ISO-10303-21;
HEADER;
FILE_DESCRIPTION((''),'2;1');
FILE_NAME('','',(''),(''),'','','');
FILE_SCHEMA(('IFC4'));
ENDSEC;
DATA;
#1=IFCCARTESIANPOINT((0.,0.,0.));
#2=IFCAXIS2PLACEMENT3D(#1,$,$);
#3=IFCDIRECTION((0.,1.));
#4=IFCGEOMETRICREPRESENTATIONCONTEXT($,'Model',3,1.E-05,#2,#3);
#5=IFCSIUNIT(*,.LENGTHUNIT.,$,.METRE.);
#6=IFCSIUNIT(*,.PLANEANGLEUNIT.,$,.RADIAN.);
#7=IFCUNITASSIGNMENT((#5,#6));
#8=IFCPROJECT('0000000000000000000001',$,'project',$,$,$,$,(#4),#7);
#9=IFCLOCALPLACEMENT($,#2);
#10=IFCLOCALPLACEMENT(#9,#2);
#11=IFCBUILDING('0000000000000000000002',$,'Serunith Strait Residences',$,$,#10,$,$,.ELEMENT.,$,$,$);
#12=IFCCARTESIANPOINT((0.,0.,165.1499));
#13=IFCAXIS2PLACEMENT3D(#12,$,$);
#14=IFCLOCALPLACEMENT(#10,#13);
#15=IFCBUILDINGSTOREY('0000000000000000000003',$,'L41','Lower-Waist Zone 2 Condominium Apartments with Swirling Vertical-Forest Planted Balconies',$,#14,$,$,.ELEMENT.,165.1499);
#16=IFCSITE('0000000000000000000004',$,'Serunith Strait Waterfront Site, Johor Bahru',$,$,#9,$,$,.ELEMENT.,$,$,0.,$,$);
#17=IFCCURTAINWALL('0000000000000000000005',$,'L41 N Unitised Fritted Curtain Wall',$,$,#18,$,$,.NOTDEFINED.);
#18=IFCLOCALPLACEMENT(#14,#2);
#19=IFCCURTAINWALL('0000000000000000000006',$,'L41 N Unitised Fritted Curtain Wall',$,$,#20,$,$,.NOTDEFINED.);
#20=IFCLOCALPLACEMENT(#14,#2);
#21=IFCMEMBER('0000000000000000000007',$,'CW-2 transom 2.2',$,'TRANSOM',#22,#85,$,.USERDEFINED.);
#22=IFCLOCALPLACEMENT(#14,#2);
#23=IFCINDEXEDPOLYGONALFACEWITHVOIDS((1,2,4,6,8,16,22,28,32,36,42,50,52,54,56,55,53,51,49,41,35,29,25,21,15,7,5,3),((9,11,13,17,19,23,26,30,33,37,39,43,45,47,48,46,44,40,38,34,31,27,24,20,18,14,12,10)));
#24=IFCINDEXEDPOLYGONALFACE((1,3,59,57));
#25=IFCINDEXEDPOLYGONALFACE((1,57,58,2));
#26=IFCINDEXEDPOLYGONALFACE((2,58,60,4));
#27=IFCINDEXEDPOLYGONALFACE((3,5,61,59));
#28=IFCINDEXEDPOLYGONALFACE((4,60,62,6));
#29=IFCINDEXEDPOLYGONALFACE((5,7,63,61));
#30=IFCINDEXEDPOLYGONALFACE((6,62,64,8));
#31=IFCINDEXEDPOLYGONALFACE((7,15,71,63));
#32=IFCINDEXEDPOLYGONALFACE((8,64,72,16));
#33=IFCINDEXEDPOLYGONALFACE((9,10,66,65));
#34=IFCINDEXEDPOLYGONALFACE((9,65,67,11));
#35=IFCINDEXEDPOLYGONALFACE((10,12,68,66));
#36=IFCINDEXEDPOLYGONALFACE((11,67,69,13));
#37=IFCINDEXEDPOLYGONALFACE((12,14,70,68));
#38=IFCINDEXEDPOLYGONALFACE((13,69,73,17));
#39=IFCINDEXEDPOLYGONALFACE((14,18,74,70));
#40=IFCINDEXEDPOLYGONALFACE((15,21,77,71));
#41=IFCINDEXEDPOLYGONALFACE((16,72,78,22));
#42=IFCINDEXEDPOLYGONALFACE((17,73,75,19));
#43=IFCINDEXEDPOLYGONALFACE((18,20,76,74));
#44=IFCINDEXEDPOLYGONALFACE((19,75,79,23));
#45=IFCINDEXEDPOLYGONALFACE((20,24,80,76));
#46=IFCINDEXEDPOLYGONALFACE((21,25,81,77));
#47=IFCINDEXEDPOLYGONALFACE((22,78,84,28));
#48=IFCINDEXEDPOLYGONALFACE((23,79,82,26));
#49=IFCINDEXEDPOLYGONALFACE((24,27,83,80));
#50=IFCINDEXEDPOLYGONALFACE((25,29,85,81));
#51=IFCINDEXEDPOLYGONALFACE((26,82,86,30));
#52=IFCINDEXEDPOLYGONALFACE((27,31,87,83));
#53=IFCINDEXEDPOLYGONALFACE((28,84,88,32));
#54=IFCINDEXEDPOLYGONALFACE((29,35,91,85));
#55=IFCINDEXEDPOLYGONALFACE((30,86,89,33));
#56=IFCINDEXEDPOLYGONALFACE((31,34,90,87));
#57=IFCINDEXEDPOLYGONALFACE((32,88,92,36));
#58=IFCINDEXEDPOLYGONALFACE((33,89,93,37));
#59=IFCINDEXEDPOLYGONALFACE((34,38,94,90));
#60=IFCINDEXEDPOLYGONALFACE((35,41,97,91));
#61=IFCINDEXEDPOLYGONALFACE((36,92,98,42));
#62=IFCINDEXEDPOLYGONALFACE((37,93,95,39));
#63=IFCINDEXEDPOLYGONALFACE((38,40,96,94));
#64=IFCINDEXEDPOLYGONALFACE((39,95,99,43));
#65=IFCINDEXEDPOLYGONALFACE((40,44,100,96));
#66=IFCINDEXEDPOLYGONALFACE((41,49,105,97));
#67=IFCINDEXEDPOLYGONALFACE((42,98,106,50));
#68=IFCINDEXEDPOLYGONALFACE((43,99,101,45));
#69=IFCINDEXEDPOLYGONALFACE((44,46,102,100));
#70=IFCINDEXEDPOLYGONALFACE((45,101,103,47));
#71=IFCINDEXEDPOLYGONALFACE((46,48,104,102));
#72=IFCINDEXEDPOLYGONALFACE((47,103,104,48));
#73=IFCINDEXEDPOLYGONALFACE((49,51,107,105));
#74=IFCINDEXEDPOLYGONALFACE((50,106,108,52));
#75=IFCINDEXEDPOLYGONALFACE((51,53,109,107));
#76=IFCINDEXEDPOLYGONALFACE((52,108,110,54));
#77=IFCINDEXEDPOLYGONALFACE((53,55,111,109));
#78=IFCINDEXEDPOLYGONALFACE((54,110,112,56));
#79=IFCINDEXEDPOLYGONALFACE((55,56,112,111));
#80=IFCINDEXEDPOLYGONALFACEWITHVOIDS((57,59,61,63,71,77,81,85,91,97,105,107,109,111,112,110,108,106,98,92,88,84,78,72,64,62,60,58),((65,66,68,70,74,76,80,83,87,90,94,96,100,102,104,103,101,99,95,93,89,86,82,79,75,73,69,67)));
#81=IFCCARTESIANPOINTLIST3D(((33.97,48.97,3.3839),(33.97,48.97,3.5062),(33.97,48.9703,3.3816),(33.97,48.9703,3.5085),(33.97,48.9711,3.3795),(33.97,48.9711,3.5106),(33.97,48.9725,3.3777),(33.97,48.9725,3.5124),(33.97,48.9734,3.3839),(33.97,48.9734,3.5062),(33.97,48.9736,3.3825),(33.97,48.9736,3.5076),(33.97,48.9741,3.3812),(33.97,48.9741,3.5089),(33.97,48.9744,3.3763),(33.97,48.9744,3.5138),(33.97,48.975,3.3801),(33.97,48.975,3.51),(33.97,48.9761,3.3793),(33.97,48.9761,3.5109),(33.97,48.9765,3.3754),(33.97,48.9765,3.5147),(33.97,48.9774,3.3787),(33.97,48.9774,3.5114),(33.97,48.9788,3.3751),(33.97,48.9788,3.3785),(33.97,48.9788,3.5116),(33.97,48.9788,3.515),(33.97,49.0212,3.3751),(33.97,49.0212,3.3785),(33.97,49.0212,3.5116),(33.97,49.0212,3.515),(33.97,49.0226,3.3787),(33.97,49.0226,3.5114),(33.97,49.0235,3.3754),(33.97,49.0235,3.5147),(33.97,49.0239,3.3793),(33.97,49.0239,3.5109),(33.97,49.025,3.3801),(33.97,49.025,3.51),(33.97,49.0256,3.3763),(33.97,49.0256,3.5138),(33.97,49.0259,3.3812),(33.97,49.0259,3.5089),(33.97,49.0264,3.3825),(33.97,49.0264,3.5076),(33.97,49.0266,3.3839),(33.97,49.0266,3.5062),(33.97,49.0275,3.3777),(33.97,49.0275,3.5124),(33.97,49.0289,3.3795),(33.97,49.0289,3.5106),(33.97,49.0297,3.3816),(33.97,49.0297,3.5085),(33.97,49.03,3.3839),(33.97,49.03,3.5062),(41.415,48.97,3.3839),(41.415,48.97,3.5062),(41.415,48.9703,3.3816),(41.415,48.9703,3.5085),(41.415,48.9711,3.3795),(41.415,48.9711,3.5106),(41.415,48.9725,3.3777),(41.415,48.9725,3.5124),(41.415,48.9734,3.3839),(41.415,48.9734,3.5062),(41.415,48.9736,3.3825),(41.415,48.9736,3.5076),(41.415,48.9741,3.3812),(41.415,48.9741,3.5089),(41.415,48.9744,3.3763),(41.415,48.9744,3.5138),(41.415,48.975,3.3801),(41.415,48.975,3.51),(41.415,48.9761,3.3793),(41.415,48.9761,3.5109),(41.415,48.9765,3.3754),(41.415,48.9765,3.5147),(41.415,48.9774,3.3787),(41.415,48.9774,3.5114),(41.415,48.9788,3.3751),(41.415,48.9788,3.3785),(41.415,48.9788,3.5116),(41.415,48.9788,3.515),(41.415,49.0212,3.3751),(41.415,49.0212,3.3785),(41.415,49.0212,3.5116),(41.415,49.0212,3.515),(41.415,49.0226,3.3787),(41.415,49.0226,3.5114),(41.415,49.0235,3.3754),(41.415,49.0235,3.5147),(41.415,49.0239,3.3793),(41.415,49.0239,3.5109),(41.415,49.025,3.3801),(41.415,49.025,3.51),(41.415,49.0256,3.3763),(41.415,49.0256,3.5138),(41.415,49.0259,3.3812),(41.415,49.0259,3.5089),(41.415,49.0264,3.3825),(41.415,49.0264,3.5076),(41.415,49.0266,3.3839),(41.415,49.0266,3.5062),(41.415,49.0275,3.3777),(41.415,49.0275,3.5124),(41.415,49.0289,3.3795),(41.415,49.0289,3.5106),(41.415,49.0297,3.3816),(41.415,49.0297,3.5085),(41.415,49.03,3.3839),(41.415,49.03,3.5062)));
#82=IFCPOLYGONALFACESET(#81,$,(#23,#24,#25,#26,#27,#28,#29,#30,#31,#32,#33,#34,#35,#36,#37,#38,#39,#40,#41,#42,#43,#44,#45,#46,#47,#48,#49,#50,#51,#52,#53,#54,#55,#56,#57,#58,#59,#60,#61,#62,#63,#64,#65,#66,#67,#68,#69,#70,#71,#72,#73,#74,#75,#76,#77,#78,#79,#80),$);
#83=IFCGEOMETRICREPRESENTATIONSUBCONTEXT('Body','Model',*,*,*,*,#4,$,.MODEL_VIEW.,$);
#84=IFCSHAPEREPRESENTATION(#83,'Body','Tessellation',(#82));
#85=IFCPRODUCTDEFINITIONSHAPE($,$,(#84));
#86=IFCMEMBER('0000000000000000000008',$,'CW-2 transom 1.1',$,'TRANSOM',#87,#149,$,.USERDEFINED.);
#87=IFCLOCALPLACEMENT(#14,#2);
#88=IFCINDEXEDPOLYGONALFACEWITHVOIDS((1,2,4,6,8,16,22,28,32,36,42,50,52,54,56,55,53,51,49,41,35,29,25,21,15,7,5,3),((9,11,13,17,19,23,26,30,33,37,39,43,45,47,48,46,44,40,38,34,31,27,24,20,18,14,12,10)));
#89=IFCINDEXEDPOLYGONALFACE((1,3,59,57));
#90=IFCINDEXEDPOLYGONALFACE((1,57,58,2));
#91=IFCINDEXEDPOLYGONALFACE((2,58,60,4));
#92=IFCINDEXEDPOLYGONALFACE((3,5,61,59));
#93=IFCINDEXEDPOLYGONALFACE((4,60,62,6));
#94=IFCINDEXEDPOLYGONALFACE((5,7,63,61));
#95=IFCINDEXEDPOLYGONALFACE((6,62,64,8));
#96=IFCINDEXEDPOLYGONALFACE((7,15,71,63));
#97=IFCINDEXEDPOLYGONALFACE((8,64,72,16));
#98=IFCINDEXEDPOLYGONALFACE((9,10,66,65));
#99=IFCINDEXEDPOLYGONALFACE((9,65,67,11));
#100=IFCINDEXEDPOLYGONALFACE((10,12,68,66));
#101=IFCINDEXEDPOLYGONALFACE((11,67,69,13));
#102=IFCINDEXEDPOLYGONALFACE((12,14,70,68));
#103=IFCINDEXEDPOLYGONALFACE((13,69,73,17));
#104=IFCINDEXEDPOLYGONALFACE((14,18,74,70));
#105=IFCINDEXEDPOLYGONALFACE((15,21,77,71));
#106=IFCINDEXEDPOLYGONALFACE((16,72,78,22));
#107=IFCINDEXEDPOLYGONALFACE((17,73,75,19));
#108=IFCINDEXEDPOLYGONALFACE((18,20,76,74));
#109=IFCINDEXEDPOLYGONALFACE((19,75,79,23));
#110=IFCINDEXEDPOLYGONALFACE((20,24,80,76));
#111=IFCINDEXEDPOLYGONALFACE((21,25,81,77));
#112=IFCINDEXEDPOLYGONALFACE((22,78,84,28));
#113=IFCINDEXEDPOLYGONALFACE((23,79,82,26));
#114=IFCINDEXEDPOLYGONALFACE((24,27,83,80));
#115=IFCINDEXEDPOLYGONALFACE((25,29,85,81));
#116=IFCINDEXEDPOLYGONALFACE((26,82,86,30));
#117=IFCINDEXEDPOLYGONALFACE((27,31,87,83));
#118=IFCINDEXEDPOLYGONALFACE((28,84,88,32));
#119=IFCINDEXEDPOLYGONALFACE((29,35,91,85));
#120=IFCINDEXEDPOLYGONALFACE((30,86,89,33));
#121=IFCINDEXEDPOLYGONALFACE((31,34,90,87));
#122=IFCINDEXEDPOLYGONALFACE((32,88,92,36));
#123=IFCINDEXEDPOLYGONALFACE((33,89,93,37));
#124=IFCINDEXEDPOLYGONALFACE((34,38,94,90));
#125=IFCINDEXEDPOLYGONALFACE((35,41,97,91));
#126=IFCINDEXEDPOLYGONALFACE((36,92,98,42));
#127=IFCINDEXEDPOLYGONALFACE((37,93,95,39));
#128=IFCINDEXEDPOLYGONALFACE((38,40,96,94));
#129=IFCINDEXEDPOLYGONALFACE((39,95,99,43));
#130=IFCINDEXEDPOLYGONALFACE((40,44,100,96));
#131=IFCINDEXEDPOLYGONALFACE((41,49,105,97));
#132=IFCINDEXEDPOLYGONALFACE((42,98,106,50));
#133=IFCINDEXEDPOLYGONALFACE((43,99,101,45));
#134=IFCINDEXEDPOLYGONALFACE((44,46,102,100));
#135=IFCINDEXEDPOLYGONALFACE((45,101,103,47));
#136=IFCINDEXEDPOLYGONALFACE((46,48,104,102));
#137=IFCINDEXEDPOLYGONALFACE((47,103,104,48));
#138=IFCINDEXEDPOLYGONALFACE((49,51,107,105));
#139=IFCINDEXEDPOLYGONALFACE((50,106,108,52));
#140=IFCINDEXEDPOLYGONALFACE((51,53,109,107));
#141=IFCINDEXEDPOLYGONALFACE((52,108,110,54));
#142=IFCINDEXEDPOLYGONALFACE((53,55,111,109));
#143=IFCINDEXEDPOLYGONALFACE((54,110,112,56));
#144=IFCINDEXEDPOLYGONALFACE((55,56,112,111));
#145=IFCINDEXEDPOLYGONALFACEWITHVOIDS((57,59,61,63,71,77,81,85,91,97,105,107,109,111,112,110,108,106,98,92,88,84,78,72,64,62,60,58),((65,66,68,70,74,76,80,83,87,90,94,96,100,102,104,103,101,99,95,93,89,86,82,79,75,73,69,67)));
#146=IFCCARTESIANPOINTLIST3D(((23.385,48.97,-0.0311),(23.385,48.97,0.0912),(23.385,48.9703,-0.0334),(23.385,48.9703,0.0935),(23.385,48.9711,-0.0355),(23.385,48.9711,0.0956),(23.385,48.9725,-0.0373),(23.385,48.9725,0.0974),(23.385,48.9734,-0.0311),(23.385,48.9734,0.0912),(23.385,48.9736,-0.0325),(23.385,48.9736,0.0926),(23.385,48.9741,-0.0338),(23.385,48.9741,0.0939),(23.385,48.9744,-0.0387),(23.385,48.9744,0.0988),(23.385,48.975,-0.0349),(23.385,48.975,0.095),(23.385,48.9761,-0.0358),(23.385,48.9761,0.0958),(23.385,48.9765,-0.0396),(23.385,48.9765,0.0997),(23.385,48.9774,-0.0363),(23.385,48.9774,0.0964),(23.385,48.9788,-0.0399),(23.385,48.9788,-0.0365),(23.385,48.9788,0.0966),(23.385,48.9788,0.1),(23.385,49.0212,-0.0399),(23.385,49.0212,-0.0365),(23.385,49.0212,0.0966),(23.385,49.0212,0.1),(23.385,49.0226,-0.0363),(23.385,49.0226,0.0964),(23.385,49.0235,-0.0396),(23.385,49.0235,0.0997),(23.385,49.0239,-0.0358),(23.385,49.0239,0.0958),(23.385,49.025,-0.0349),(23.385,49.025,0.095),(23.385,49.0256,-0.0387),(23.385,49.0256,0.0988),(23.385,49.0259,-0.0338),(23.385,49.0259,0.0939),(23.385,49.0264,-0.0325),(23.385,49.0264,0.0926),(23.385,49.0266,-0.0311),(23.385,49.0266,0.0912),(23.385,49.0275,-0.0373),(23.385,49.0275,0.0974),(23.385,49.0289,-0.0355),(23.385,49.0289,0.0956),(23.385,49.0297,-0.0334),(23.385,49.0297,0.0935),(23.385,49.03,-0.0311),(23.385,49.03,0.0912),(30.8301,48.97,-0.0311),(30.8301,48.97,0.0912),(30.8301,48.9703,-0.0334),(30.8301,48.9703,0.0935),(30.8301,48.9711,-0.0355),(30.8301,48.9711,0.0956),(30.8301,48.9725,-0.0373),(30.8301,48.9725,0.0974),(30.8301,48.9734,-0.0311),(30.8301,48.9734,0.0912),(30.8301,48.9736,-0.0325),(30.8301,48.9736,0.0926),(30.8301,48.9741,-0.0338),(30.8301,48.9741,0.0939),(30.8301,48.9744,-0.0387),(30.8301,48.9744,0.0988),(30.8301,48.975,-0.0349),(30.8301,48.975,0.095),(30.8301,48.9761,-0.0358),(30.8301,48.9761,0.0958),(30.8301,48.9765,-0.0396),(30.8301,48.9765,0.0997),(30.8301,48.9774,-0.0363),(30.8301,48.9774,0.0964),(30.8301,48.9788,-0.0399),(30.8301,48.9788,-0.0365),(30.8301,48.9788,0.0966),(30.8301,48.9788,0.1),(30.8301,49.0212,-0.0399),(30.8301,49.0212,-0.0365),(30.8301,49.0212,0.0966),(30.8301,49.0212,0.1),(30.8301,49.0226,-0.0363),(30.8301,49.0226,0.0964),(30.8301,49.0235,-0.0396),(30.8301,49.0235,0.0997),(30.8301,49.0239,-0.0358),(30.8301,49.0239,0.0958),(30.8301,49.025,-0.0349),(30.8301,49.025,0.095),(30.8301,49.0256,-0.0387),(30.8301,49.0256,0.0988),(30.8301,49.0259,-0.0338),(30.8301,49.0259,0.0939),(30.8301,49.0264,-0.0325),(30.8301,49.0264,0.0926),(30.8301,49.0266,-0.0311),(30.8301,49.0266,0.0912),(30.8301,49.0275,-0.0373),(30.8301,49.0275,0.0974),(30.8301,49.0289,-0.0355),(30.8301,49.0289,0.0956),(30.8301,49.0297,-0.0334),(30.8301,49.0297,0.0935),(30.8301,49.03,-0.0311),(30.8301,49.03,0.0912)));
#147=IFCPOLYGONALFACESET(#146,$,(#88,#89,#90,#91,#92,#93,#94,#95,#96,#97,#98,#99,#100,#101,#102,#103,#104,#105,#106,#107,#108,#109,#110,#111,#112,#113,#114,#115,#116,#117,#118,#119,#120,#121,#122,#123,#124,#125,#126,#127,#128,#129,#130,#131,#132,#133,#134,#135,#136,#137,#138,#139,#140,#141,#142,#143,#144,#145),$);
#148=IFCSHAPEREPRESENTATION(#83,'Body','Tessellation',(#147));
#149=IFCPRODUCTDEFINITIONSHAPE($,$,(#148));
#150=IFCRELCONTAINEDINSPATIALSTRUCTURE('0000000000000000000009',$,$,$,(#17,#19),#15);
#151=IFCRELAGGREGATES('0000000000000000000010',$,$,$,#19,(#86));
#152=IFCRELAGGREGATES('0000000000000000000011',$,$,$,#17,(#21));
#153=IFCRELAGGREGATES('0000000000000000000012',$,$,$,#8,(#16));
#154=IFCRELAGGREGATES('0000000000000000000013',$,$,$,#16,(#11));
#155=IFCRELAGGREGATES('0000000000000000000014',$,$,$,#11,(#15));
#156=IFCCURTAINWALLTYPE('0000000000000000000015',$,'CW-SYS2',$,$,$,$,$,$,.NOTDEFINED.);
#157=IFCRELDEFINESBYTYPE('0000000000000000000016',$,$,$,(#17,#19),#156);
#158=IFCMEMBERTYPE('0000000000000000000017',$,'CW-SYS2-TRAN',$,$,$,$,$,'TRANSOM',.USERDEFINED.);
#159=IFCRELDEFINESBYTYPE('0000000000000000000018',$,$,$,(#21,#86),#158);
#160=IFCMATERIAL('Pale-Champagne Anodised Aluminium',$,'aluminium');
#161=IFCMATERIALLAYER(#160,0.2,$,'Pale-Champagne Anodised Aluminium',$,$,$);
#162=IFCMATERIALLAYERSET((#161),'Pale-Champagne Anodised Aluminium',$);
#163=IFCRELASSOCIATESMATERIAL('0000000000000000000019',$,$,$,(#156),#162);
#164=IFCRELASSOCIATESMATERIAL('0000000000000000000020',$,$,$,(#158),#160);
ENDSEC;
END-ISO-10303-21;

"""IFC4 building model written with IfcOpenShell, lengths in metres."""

from ifc_helpers import new_model, si_unit, direction, frame, origin, origin_2d, place, context, subcontext, project, spatial, hollow_rectangle, extrude, source, transform, mapped, material, layer, layer_set, material_profile, profile_set, type_object, element, aggregate, save


model = new_model("IFC4")

# Units and contexts
model_context = context("Model", 3, precision=1e-05, world=origin(), true_north=direction((0.0, 1.0)))
body_context = subcontext(model_context, "Body", "Model", "MODEL_VIEW")
ifc_project = project(units=[si_unit("LENGTHUNIT", "METRE"), si_unit("PLANEANGLEUNIT", "RADIAN")], contexts=[model_context])

# Site, building, storey
site_placement = place(None, origin())
site = spatial("IfcSite", under=ifc_project, at=site_placement, Name="Serunith Strait Waterfront Site, Johor Bahru", CompositionType="ELEMENT", RefElevation=0.0)
building_placement = place(site_placement, origin())
building = spatial("IfcBuilding", under=site, at=building_placement, Name="Serunith Strait Residences", CompositionType="ELEMENT")
storey_placement = place(building_placement, frame((0.0, 0.0, 165.1499)))
storey = spatial("IfcBuildingStorey", under=building, at=storey_placement, Name="L41", Description="Lower-Waist Zone 2 Condominium Apartments with Swirling Vertical-Forest Planted Balconies", CompositionType="ELEMENT", Elevation=165.1499)

# Curtain wall
ifc_material_1 = material(Name="Pale-Champagne Anodised Aluminium", Category="aluminium")
ifc_layer_1 = layer(ifc_material_1, 0.2, Name="Pale-Champagne Anodised Aluminium")
ifc_layer_set_1 = layer_set([ifc_layer_1], Name="Pale-Champagne Anodised Aluminium")
curtain_wall_type = type_object("IfcCurtainWallType", Name="CW-SYS2", PredefinedType="NOTDEFINED", material=ifc_layer_set_1)
curtain_wall_1_placement = place(storey_placement, origin())
curtain_wall_1 = element("IfcCurtainWall", 1, at=curtain_wall_1_placement, inside=storey, type_object=curtain_wall_type, Name="L41 N Unitised Fritted Curtain Wall", PredefinedType="NOTDEFINED")

# Curtain wall
curtain_wall_2_placement = place(storey_placement, origin())
curtain_wall_2 = element("IfcCurtainWall", 2, at=curtain_wall_2_placement, inside=storey, type_object=curtain_wall_type, Name="L41 N Unitised Fritted Curtain Wall", PredefinedType="NOTDEFINED")

# Members
ifc_material_profile_1 = material_profile(ifc_material_1, hollow_rectangle(XDim=0.0601, YDim=0.1399, WallThickness=0.0034, InnerFilletRadius=0.0054, OuterFilletRadius=0.0088, at=origin_2d()), Name="ALU 140x60x3.5")
ifc_profile_set_1 = profile_set([ifc_material_profile_1], Name="Pale-Champagne Anodised Aluminium")
member_type_1 = type_object("IfcMemberType", Name="CW-SYS2-TRAN", ElementType="TRANSOM", PredefinedType="USERDEFINED", material=ifc_profile_set_1)
shared_shape_1 = source(origin(), body_context, "Body", "SweptSolid", [
    extrude(hollow_rectangle(XDim=0.0601, YDim=0.1399, WallThickness=0.0034, InnerFilletRadius=0.0054, OuterFilletRadius=0.0088, at=origin_2d()), origin(), (0.0, 0.0, 1.0), 7.4451),
])
member_1_placement = place(storey_placement, frame((41.415, 49.0, 3.4451), z_axis=(-1.0, 0.0, 0.0), x_axis=(0.0, -1.0, 0.0)))
member_1 = element("IfcMember", 3, at=member_1_placement, type_object=member_type_1, Name="CW-2 transom 2.2", ObjectType="TRANSOM", PredefinedType="USERDEFINED", context=body_context, shape_type="MappedRepresentation", body=[
    mapped(shared_shape_1, transform((0.0, 0.0, 0.0), scale=1.0)),
])
member_2_placement = place(storey_placement, frame((30.8301, 49.0, 0.03), z_axis=(-1.0, 0.0, 0.0), x_axis=(0.0, -1.0, 0.0)))
member_2 = element("IfcMember", 4, at=member_2_placement, type_object=member_type_1, Name="CW-2 transom 1.1", ObjectType="TRANSOM", PredefinedType="USERDEFINED", context=body_context, shape_type="MappedRepresentation", body=[
    mapped(shared_shape_1, transform((0.0, 0.0, 0.0), scale=1.0)),
])
aggregate(curtain_wall_2, [member_2])

aggregate(curtain_wall_1, [member_1])

save(model, "model.ifc")
